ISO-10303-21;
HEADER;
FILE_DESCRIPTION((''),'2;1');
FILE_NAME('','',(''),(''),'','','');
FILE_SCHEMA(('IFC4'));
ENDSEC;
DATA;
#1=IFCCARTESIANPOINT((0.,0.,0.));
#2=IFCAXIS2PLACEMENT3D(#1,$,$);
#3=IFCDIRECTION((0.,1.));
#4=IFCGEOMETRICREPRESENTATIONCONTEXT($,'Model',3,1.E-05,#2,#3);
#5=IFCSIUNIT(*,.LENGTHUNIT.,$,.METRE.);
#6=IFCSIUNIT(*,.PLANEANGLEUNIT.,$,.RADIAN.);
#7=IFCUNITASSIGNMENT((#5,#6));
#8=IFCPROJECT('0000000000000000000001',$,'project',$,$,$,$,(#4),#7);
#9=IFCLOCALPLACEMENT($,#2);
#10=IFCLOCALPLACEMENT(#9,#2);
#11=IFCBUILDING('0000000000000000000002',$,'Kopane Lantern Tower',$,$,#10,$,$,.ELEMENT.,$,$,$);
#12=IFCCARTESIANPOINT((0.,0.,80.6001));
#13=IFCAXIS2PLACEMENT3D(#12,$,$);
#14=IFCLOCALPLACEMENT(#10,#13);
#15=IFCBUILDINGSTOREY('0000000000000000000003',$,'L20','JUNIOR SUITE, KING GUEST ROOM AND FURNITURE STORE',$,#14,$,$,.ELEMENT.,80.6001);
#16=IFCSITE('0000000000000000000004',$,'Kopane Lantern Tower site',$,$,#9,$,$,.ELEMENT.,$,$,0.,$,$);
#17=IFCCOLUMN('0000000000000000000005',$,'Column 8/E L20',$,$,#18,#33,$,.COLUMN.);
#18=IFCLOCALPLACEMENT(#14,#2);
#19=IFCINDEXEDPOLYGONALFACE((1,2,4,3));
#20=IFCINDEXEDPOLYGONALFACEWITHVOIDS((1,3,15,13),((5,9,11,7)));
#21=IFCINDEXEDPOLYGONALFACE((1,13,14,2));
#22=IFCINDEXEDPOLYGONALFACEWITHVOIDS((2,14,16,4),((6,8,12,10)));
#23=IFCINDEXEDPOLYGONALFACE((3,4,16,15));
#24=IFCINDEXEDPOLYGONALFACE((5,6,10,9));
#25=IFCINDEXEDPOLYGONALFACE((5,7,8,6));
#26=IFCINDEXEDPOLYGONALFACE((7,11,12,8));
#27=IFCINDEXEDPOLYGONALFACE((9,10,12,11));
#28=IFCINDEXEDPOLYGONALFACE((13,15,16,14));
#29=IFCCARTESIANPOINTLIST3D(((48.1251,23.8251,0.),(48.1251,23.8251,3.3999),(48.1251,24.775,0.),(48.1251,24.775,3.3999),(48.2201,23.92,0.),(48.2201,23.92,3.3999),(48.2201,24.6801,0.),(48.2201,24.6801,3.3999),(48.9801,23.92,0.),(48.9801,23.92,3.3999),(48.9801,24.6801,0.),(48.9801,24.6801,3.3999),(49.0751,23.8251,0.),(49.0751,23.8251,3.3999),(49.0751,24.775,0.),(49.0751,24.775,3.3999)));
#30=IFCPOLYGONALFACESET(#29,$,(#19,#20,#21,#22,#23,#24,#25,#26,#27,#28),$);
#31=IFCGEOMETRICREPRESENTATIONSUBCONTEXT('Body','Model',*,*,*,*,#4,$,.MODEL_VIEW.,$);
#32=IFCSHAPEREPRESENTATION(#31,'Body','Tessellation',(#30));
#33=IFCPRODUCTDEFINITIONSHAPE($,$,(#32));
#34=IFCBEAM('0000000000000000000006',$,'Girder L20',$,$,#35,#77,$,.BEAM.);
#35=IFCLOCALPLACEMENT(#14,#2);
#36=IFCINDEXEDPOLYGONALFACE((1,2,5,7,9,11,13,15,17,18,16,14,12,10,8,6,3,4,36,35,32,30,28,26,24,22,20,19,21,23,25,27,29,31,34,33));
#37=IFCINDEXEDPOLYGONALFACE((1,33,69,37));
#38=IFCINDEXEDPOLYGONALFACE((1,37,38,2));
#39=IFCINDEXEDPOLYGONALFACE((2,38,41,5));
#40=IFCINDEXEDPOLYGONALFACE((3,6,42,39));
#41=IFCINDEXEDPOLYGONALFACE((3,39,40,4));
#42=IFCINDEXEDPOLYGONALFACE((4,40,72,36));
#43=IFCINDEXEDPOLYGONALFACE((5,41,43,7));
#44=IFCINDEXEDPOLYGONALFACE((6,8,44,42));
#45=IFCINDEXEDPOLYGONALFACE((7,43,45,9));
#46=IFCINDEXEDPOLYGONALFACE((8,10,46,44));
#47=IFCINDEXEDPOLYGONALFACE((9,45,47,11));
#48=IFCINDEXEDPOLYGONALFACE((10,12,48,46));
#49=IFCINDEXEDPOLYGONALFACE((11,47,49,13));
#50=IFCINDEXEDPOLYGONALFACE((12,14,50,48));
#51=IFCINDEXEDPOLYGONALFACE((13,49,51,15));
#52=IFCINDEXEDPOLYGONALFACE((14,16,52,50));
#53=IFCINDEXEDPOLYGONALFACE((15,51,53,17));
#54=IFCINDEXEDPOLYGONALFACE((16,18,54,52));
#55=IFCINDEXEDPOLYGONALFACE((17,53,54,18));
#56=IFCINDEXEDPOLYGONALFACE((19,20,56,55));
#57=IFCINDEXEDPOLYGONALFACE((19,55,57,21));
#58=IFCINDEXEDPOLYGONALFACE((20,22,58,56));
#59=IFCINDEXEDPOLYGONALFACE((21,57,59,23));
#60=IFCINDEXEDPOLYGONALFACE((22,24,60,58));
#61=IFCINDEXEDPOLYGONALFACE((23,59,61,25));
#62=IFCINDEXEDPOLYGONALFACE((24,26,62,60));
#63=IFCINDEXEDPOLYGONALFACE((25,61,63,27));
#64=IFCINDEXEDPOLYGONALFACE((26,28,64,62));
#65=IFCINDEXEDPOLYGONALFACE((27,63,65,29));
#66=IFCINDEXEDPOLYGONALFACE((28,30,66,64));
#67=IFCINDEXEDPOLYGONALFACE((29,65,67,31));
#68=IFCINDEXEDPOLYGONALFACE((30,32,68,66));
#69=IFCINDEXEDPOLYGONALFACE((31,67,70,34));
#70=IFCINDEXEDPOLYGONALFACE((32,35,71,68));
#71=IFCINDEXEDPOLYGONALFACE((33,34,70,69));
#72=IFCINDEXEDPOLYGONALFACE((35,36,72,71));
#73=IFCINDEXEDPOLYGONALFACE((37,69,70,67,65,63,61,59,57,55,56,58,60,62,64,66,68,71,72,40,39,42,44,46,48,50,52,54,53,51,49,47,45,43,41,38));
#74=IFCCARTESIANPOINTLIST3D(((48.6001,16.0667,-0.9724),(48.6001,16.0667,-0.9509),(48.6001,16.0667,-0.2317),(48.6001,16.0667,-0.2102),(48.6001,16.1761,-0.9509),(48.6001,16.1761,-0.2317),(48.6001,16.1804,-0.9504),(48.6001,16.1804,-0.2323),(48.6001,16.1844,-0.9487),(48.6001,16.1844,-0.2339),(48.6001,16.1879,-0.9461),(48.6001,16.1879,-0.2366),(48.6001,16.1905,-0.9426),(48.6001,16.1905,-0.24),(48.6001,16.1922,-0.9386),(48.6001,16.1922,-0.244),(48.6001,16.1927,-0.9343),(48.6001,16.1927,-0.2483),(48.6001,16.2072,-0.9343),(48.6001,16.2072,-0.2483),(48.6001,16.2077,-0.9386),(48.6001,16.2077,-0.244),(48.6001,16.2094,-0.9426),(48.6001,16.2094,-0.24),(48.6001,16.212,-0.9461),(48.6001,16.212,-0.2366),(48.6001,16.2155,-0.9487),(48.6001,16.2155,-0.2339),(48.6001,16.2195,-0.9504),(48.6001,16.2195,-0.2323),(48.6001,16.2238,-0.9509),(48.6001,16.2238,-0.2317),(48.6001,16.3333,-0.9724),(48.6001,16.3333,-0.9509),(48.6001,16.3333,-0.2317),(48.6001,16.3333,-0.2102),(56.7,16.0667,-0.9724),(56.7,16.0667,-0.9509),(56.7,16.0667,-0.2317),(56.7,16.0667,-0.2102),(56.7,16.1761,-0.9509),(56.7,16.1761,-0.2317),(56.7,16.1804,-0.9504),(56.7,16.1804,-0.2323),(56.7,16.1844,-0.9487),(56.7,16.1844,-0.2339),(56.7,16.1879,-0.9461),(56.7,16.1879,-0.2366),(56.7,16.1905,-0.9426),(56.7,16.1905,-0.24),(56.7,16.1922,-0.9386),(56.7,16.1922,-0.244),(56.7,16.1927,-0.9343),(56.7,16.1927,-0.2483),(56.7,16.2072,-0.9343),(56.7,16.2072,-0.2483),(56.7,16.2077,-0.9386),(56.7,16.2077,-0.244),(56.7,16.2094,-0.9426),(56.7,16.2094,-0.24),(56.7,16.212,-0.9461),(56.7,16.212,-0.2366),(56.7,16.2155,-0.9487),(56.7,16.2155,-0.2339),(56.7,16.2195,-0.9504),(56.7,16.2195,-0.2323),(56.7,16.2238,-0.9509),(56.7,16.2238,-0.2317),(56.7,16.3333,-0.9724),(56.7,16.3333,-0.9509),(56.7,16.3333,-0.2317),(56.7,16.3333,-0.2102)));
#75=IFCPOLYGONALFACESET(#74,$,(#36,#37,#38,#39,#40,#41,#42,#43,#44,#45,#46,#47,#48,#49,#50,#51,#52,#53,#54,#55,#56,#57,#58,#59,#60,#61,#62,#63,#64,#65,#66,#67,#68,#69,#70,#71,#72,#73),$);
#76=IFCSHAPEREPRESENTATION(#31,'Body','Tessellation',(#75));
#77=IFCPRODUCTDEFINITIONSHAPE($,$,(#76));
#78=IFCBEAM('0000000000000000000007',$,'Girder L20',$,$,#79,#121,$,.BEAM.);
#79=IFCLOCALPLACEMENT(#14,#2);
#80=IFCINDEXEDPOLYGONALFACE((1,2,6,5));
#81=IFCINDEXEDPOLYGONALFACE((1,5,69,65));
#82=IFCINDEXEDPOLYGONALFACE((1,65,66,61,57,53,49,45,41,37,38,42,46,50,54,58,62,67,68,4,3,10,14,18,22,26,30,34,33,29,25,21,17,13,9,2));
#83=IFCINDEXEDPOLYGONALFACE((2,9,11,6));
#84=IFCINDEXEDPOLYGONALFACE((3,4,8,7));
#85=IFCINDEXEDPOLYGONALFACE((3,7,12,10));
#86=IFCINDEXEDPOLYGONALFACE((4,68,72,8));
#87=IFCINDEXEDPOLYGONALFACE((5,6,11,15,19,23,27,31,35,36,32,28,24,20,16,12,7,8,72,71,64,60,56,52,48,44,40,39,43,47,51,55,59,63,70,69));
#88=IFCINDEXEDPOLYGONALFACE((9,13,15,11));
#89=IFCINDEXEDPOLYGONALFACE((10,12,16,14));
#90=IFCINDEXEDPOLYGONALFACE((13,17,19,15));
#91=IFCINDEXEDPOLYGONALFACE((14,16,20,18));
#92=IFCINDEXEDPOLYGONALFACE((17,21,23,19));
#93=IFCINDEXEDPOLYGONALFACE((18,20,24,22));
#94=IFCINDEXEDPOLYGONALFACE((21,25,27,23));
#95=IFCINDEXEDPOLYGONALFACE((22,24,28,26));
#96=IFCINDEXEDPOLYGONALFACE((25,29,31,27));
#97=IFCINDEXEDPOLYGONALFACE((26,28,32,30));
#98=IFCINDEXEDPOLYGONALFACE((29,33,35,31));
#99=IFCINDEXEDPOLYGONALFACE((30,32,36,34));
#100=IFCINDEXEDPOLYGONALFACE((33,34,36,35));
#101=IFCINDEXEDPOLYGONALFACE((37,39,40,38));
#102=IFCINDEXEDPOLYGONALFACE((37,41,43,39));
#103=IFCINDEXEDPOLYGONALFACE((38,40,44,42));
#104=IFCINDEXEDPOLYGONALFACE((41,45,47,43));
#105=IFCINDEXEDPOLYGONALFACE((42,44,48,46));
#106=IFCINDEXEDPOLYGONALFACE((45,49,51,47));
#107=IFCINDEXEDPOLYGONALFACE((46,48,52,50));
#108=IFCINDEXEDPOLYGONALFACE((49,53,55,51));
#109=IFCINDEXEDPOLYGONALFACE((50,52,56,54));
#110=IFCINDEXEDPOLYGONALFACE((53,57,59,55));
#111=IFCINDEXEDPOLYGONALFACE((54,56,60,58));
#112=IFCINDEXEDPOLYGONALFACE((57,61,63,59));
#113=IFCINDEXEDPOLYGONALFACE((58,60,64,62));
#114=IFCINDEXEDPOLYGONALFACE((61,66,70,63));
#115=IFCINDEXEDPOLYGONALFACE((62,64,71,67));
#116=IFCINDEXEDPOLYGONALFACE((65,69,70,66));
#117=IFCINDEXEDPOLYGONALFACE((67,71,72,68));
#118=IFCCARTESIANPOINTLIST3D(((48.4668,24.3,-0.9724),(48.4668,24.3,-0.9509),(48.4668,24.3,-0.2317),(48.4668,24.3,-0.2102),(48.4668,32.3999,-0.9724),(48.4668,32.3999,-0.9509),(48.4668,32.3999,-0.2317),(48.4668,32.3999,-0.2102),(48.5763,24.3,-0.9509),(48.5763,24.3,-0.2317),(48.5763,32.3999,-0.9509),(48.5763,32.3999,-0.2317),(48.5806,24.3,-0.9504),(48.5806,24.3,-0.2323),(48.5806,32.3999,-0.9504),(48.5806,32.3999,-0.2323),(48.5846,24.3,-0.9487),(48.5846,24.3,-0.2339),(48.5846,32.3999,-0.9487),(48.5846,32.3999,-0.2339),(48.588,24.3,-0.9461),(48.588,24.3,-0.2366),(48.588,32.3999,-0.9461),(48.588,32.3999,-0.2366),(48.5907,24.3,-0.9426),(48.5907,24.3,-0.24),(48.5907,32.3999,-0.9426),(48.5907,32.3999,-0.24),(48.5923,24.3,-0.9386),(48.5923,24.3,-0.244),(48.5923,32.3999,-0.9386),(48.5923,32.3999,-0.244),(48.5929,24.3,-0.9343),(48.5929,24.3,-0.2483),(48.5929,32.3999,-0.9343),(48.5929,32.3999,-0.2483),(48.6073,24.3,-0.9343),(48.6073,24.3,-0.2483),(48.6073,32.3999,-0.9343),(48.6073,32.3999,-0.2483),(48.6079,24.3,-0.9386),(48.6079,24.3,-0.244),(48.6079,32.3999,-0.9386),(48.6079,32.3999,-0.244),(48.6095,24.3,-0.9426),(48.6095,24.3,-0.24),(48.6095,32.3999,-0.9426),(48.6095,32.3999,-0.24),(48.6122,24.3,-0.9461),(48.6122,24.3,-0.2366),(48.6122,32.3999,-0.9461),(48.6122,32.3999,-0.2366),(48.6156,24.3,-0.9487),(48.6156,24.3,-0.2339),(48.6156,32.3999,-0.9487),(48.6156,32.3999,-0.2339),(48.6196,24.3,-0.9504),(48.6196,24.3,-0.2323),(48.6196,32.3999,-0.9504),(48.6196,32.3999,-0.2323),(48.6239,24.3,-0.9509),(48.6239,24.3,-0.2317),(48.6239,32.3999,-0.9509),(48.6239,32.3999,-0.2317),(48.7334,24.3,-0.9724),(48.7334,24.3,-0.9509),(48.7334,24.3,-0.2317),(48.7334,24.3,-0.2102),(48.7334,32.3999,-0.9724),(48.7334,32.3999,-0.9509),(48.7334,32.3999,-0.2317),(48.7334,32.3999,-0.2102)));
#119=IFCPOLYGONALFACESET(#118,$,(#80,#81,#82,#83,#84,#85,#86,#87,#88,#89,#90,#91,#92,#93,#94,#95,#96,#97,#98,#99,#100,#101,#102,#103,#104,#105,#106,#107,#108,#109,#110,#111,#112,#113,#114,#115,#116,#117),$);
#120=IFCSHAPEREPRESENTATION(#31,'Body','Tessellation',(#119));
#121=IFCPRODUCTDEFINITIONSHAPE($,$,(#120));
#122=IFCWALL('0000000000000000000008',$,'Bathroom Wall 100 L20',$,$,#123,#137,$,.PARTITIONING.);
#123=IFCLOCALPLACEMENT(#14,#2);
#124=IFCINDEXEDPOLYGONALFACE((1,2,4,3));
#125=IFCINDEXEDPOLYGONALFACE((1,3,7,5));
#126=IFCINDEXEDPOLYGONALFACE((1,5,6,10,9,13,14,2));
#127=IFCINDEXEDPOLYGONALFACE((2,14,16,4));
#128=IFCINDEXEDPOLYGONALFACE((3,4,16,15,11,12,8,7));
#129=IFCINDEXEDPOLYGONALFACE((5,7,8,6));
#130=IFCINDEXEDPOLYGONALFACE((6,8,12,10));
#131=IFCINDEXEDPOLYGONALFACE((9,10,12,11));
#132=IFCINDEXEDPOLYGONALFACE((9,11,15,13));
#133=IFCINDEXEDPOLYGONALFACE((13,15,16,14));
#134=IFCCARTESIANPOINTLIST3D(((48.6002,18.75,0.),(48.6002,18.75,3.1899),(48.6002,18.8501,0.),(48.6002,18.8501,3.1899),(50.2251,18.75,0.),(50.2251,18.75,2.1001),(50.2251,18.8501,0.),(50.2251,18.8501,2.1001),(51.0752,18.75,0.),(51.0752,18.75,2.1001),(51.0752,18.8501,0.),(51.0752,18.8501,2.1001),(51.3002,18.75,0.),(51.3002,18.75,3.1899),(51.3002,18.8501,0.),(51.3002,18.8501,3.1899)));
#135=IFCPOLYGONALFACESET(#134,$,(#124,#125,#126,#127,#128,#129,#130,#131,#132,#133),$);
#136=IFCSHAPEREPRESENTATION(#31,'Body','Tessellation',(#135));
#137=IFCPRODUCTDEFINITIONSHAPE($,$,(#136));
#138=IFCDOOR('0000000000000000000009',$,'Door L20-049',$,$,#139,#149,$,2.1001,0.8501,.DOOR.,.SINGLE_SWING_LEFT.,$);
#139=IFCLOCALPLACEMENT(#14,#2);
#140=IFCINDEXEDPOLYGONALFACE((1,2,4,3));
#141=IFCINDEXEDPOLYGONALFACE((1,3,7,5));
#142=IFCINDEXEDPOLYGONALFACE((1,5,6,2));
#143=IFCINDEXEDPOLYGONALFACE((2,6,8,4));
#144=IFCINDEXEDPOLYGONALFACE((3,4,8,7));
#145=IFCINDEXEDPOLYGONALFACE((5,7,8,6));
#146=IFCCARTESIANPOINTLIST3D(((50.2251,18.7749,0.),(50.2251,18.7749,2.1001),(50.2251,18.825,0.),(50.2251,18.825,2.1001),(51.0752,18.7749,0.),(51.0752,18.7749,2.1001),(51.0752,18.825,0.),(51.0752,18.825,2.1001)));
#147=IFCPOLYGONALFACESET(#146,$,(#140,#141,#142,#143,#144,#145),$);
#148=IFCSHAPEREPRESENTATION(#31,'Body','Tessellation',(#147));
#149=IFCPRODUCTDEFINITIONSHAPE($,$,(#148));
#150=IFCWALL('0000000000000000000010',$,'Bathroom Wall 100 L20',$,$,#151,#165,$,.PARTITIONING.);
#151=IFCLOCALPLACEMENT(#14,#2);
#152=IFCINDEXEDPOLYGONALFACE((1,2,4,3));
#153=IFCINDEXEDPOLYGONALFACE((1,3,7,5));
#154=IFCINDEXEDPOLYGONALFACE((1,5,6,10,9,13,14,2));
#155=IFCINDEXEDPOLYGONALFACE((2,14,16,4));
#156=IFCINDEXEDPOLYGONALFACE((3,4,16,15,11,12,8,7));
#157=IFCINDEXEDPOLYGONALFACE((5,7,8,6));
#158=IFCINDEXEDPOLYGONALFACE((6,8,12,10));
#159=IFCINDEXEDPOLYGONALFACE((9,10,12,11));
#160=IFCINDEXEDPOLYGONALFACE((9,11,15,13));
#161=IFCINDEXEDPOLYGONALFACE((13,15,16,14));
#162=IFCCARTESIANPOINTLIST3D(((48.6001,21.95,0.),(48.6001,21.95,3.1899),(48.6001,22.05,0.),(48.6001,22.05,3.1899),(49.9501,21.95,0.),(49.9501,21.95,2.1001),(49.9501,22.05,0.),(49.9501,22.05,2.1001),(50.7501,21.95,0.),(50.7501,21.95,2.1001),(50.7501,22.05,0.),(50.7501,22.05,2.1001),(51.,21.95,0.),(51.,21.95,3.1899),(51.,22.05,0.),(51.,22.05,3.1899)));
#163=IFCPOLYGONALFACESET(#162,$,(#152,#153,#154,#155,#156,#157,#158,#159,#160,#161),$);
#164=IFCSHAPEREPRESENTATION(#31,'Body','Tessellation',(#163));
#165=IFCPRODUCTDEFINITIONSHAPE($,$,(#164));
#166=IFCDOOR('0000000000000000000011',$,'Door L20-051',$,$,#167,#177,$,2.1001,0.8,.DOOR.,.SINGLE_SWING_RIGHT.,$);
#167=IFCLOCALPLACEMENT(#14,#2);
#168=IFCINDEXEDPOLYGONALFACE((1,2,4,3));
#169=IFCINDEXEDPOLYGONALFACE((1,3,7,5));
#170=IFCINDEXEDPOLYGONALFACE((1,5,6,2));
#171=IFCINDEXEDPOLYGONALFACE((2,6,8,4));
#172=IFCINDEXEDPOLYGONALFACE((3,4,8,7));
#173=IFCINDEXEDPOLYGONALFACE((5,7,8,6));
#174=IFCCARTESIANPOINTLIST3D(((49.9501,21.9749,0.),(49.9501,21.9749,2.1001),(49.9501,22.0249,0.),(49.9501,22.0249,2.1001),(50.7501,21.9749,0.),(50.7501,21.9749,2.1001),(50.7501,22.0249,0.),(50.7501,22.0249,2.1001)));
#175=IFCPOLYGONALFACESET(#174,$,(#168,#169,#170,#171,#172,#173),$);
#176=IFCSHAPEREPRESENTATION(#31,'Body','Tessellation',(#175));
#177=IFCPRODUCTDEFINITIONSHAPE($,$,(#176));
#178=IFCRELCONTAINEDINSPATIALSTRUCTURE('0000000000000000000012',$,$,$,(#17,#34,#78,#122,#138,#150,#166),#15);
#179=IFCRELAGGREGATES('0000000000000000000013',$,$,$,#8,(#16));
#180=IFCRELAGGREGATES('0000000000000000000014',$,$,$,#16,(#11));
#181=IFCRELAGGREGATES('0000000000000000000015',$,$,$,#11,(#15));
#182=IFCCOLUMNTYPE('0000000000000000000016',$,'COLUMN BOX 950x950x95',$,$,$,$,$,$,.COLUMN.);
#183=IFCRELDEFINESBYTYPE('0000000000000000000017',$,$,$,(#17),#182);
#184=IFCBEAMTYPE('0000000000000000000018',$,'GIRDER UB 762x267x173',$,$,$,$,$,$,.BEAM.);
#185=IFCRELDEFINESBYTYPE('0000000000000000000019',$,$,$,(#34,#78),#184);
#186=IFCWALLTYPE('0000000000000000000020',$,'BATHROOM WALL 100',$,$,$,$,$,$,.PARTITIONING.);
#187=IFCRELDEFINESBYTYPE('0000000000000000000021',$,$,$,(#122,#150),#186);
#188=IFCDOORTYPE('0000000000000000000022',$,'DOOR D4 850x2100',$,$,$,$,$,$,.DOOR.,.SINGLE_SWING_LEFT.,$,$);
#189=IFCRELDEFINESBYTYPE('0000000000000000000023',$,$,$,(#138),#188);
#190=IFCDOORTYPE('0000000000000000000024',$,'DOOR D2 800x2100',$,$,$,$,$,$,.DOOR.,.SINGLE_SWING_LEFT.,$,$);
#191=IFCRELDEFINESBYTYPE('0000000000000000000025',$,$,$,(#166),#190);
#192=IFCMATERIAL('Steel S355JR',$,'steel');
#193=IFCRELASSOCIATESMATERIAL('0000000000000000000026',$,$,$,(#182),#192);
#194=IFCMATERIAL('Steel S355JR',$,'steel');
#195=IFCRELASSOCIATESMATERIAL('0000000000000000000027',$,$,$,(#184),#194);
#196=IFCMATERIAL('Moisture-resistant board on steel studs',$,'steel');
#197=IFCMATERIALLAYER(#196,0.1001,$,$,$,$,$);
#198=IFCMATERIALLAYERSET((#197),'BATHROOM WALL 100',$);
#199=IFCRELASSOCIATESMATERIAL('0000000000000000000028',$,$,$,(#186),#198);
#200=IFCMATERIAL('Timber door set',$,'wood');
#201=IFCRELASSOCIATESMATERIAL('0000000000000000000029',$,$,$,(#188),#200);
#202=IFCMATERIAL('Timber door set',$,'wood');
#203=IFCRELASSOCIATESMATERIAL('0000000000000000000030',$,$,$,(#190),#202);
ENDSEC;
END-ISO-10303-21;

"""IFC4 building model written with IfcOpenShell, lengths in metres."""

from ifc_helpers import new_model, si_unit, direction, frame, frame_2d, origin, origin_2d, place, context, subcontext, project, spatial, rectangle, hollow_rectangle, i_section, extrude, material, layer, layer_set, material_profile, profile_set, type_object, element, fill, save


model = new_model("IFC4")

# Units and contexts
model_context = context("Model", 3, precision=1e-05, world=origin(), true_north=direction((0.0, 1.0)))
body_context = subcontext(model_context, "Body", "Model", "MODEL_VIEW")
ifc_project = project(units=[si_unit("LENGTHUNIT", "METRE"), si_unit("PLANEANGLEUNIT", "RADIAN")], contexts=[model_context])

# Site, building, storey
site_placement = place(None, origin())
site = spatial("IfcSite", under=ifc_project, at=site_placement, Name="Kopane Lantern Tower site", CompositionType="ELEMENT", RefElevation=0.0)
building_placement = place(site_placement, origin())
building = spatial("IfcBuilding", under=site, at=building_placement, Name="Kopane Lantern Tower", CompositionType="ELEMENT")
storey_placement = place(building_placement, frame((0.0, 0.0, 80.6001)))
storey = spatial("IfcBuildingStorey", under=building, at=storey_placement, Name="L20", Description="JUNIOR SUITE, KING GUEST ROOM AND FURNITURE STORE", CompositionType="ELEMENT", Elevation=80.6001)

# Column
ifc_material_1 = material(Name="Steel S355JR", Category="steel")
ifc_material_profile_1 = material_profile(ifc_material_1, hollow_rectangle(XDim=0.95, YDim=0.95, WallThickness=0.095, at=origin_2d()), Name="BOX 950x950x95")
ifc_profile_set_1 = profile_set([ifc_material_profile_1], Name="Steel S355JR")
column_type = type_object("IfcColumnType", Name="COLUMN BOX 950x950x95", PredefinedType="COLUMN", material=ifc_profile_set_1)
column_placement = place(storey_placement, frame((48.6001, 24.3, 0.0), z_axis=(0.0, 0.0, 1.0), x_axis=(1.0, 0.0, 0.0)))
element("IfcColumn", 1, at=column_placement, inside=storey, type_object=column_type, Name="Column 8/E L20", PredefinedType="COLUMN", context=body_context, shape_type="SweptSolid", body=[
    extrude(hollow_rectangle(XDim=0.95, YDim=0.95, WallThickness=0.095, at=origin_2d()), origin(), (0.0, 0.0, 1.0), 3.3999),
])

# Beams
ifc_material_2 = material(Name="Steel S355JR", Category="steel")
ifc_material_profile_2 = material_profile(ifc_material_2, i_section(OverallWidth=0.2666, OverallDepth=0.7622, WebThickness=0.0144, FlangeThickness=0.0215, FilletRadius=0.0166, at=origin_2d()), Name="UB 762x267x173")
ifc_profile_set_2 = profile_set([ifc_material_profile_2], Name="Steel S355JR")
beam_type = type_object("IfcBeamType", Name="GIRDER UB 762x267x173", PredefinedType="BEAM", material=ifc_profile_set_2)
for number, where, z_axis, x_axis, name in (
    (2, (48.6001, 16.2, -0.5913), (1.0, 0.0, 0.0), (0.0, 1.0, 0.0), "Girder L20"),
    (3, (48.6001, 24.3, -0.5913), (0.0, 1.0, 0.0), (-1.0, 0.0, 0.0), "Girder L20"),
):
    element("IfcBeam", number, at=place(storey_placement, frame(where, z_axis=z_axis, x_axis=x_axis)), inside=storey, type_object=beam_type, Name=name, PredefinedType="BEAM", context=body_context, shape_type="SweptSolid", body=[
        extrude(i_section(OverallWidth=0.2666, OverallDepth=0.7622, WebThickness=0.0144, FlangeThickness=0.0215, FilletRadius=0.0166, at=origin_2d()), origin(), (0.0, 0.0, 1.0), 8.0999),
    ])

# Walls, openings, doors
ifc_material_3 = material(Name="Moisture-resistant board on steel studs", Category="steel")
ifc_layer_1 = layer(ifc_material_3, 0.1001)
ifc_layer_set_1 = layer_set([ifc_layer_1], Name="BATHROOM WALL 100")
wall_type_1 = type_object("IfcWallType", Name="BATHROOM WALL 100", PredefinedType="PARTITIONING", material=ifc_layer_set_1)
wall_1_placement = place(storey_placement, frame((48.6001, 18.8, 0.0), z_axis=(0.0, 0.0, 1.0), x_axis=(1.0, 0.0, 0.0)))
wall_1 = element("IfcWall", 4, at=wall_1_placement, inside=storey, type_object=wall_type_1, Name="Bathroom Wall 100 L20", PredefinedType="PARTITIONING", context=body_context, shape_type="SweptSolid", body=[
    extrude(rectangle(XDim=2.7, YDim=0.1001, at=frame_2d((1.3501, 0.0))), origin(), (0.0, 0.0, 1.0), 3.1899),
])
opening_1_placement = place(wall_1_placement, frame((1.625, 0.0, 0.0)))
opening_1 = element("IfcOpeningElement", 5, at=opening_1_placement, cuts=wall_1, PredefinedType="OPENING", context=body_context, shape_type="SweptSolid", body=[
    extrude(rectangle(XDim=0.8501, YDim=2.1001, at=frame_2d((0.425, 1.05))), frame((0.0, 0.0601, 0.0), z_axis=(0.0, -1.0, 0.0), x_axis=(1.0, 0.0, 0.0)), (0.0, 0.0, 1.0), 0.1201),
])
ifc_material_4 = material(Name="Timber door set", Category="wood")
door_type_1 = type_object("IfcDoorType", Name="DOOR D4 850x2100", OperationType="SINGLE_SWING_LEFT", PredefinedType="DOOR", material=ifc_material_4)
door_1_placement = place(opening_1_placement, origin())
door_1 = element("IfcDoor", 6, at=door_1_placement, inside=storey, type_object=door_type_1, Name="Door L20-049", OperationType="SINGLE_SWING_LEFT", OverallHeight=2.1001, OverallWidth=0.8501, PredefinedType="DOOR", context=body_context, shape_type="SweptSolid", body=[
    extrude(rectangle(XDim=0.8501, YDim=2.1001, at=frame_2d((0.425, 1.05))), frame((0.0, 0.0249, 0.0), z_axis=(0.0, -1.0, 0.0), x_axis=(1.0, 0.0, 0.0)), (0.0, 0.0, 1.0), 0.05),
])
fill(opening_1, door_1)
wall_2_placement = place(storey_placement, frame((48.6001, 22.0, 0.0), z_axis=(0.0, 0.0, 1.0), x_axis=(1.0, 0.0, 0.0)))
wall_2 = element("IfcWall", 7, at=wall_2_placement, inside=storey, type_object=wall_type_1, Name="Bathroom Wall 100 L20", PredefinedType="PARTITIONING", context=body_context, shape_type="SweptSolid", body=[
    extrude(rectangle(XDim=2.3999, YDim=0.1001, at=frame_2d((1.2, 0.0))), origin(), (0.0, 0.0, 1.0), 3.1899),
])
opening_2_placement = place(wall_2_placement, frame((1.3501, 0.0, 0.0)))
opening_2 = element("IfcOpeningElement", 8, at=opening_2_placement, cuts=wall_2, PredefinedType="OPENING", context=body_context, shape_type="SweptSolid", body=[
    extrude(rectangle(XDim=0.8, YDim=2.1001, at=frame_2d((0.3999, 1.05))), frame((0.0, 0.0601, 0.0), z_axis=(0.0, -1.0, 0.0), x_axis=(1.0, 0.0, 0.0)), (0.0, 0.0, 1.0), 0.1201),
])
ifc_material_5 = material(Name="Timber door set", Category="wood")
door_type_2 = type_object("IfcDoorType", Name="DOOR D2 800x2100", OperationType="SINGLE_SWING_LEFT", PredefinedType="DOOR", material=ifc_material_5)
door_2_placement = place(opening_2_placement, origin())
door_2 = element("IfcDoor", 9, at=door_2_placement, inside=storey, type_object=door_type_2, Name="Door L20-051", OperationType="SINGLE_SWING_RIGHT", OverallHeight=2.1001, OverallWidth=0.8, PredefinedType="DOOR", context=body_context, shape_type="SweptSolid", body=[
    extrude(rectangle(XDim=0.8, YDim=2.1001, at=frame_2d((0.3999, 1.05))), frame((0.0, 0.0249, 0.0), z_axis=(0.0, -1.0, 0.0), x_axis=(1.0, 0.0, 0.0)), (0.0, 0.0, 1.0), 0.05),
])
fill(opening_2, door_2)

save(model, "model.ifc")
